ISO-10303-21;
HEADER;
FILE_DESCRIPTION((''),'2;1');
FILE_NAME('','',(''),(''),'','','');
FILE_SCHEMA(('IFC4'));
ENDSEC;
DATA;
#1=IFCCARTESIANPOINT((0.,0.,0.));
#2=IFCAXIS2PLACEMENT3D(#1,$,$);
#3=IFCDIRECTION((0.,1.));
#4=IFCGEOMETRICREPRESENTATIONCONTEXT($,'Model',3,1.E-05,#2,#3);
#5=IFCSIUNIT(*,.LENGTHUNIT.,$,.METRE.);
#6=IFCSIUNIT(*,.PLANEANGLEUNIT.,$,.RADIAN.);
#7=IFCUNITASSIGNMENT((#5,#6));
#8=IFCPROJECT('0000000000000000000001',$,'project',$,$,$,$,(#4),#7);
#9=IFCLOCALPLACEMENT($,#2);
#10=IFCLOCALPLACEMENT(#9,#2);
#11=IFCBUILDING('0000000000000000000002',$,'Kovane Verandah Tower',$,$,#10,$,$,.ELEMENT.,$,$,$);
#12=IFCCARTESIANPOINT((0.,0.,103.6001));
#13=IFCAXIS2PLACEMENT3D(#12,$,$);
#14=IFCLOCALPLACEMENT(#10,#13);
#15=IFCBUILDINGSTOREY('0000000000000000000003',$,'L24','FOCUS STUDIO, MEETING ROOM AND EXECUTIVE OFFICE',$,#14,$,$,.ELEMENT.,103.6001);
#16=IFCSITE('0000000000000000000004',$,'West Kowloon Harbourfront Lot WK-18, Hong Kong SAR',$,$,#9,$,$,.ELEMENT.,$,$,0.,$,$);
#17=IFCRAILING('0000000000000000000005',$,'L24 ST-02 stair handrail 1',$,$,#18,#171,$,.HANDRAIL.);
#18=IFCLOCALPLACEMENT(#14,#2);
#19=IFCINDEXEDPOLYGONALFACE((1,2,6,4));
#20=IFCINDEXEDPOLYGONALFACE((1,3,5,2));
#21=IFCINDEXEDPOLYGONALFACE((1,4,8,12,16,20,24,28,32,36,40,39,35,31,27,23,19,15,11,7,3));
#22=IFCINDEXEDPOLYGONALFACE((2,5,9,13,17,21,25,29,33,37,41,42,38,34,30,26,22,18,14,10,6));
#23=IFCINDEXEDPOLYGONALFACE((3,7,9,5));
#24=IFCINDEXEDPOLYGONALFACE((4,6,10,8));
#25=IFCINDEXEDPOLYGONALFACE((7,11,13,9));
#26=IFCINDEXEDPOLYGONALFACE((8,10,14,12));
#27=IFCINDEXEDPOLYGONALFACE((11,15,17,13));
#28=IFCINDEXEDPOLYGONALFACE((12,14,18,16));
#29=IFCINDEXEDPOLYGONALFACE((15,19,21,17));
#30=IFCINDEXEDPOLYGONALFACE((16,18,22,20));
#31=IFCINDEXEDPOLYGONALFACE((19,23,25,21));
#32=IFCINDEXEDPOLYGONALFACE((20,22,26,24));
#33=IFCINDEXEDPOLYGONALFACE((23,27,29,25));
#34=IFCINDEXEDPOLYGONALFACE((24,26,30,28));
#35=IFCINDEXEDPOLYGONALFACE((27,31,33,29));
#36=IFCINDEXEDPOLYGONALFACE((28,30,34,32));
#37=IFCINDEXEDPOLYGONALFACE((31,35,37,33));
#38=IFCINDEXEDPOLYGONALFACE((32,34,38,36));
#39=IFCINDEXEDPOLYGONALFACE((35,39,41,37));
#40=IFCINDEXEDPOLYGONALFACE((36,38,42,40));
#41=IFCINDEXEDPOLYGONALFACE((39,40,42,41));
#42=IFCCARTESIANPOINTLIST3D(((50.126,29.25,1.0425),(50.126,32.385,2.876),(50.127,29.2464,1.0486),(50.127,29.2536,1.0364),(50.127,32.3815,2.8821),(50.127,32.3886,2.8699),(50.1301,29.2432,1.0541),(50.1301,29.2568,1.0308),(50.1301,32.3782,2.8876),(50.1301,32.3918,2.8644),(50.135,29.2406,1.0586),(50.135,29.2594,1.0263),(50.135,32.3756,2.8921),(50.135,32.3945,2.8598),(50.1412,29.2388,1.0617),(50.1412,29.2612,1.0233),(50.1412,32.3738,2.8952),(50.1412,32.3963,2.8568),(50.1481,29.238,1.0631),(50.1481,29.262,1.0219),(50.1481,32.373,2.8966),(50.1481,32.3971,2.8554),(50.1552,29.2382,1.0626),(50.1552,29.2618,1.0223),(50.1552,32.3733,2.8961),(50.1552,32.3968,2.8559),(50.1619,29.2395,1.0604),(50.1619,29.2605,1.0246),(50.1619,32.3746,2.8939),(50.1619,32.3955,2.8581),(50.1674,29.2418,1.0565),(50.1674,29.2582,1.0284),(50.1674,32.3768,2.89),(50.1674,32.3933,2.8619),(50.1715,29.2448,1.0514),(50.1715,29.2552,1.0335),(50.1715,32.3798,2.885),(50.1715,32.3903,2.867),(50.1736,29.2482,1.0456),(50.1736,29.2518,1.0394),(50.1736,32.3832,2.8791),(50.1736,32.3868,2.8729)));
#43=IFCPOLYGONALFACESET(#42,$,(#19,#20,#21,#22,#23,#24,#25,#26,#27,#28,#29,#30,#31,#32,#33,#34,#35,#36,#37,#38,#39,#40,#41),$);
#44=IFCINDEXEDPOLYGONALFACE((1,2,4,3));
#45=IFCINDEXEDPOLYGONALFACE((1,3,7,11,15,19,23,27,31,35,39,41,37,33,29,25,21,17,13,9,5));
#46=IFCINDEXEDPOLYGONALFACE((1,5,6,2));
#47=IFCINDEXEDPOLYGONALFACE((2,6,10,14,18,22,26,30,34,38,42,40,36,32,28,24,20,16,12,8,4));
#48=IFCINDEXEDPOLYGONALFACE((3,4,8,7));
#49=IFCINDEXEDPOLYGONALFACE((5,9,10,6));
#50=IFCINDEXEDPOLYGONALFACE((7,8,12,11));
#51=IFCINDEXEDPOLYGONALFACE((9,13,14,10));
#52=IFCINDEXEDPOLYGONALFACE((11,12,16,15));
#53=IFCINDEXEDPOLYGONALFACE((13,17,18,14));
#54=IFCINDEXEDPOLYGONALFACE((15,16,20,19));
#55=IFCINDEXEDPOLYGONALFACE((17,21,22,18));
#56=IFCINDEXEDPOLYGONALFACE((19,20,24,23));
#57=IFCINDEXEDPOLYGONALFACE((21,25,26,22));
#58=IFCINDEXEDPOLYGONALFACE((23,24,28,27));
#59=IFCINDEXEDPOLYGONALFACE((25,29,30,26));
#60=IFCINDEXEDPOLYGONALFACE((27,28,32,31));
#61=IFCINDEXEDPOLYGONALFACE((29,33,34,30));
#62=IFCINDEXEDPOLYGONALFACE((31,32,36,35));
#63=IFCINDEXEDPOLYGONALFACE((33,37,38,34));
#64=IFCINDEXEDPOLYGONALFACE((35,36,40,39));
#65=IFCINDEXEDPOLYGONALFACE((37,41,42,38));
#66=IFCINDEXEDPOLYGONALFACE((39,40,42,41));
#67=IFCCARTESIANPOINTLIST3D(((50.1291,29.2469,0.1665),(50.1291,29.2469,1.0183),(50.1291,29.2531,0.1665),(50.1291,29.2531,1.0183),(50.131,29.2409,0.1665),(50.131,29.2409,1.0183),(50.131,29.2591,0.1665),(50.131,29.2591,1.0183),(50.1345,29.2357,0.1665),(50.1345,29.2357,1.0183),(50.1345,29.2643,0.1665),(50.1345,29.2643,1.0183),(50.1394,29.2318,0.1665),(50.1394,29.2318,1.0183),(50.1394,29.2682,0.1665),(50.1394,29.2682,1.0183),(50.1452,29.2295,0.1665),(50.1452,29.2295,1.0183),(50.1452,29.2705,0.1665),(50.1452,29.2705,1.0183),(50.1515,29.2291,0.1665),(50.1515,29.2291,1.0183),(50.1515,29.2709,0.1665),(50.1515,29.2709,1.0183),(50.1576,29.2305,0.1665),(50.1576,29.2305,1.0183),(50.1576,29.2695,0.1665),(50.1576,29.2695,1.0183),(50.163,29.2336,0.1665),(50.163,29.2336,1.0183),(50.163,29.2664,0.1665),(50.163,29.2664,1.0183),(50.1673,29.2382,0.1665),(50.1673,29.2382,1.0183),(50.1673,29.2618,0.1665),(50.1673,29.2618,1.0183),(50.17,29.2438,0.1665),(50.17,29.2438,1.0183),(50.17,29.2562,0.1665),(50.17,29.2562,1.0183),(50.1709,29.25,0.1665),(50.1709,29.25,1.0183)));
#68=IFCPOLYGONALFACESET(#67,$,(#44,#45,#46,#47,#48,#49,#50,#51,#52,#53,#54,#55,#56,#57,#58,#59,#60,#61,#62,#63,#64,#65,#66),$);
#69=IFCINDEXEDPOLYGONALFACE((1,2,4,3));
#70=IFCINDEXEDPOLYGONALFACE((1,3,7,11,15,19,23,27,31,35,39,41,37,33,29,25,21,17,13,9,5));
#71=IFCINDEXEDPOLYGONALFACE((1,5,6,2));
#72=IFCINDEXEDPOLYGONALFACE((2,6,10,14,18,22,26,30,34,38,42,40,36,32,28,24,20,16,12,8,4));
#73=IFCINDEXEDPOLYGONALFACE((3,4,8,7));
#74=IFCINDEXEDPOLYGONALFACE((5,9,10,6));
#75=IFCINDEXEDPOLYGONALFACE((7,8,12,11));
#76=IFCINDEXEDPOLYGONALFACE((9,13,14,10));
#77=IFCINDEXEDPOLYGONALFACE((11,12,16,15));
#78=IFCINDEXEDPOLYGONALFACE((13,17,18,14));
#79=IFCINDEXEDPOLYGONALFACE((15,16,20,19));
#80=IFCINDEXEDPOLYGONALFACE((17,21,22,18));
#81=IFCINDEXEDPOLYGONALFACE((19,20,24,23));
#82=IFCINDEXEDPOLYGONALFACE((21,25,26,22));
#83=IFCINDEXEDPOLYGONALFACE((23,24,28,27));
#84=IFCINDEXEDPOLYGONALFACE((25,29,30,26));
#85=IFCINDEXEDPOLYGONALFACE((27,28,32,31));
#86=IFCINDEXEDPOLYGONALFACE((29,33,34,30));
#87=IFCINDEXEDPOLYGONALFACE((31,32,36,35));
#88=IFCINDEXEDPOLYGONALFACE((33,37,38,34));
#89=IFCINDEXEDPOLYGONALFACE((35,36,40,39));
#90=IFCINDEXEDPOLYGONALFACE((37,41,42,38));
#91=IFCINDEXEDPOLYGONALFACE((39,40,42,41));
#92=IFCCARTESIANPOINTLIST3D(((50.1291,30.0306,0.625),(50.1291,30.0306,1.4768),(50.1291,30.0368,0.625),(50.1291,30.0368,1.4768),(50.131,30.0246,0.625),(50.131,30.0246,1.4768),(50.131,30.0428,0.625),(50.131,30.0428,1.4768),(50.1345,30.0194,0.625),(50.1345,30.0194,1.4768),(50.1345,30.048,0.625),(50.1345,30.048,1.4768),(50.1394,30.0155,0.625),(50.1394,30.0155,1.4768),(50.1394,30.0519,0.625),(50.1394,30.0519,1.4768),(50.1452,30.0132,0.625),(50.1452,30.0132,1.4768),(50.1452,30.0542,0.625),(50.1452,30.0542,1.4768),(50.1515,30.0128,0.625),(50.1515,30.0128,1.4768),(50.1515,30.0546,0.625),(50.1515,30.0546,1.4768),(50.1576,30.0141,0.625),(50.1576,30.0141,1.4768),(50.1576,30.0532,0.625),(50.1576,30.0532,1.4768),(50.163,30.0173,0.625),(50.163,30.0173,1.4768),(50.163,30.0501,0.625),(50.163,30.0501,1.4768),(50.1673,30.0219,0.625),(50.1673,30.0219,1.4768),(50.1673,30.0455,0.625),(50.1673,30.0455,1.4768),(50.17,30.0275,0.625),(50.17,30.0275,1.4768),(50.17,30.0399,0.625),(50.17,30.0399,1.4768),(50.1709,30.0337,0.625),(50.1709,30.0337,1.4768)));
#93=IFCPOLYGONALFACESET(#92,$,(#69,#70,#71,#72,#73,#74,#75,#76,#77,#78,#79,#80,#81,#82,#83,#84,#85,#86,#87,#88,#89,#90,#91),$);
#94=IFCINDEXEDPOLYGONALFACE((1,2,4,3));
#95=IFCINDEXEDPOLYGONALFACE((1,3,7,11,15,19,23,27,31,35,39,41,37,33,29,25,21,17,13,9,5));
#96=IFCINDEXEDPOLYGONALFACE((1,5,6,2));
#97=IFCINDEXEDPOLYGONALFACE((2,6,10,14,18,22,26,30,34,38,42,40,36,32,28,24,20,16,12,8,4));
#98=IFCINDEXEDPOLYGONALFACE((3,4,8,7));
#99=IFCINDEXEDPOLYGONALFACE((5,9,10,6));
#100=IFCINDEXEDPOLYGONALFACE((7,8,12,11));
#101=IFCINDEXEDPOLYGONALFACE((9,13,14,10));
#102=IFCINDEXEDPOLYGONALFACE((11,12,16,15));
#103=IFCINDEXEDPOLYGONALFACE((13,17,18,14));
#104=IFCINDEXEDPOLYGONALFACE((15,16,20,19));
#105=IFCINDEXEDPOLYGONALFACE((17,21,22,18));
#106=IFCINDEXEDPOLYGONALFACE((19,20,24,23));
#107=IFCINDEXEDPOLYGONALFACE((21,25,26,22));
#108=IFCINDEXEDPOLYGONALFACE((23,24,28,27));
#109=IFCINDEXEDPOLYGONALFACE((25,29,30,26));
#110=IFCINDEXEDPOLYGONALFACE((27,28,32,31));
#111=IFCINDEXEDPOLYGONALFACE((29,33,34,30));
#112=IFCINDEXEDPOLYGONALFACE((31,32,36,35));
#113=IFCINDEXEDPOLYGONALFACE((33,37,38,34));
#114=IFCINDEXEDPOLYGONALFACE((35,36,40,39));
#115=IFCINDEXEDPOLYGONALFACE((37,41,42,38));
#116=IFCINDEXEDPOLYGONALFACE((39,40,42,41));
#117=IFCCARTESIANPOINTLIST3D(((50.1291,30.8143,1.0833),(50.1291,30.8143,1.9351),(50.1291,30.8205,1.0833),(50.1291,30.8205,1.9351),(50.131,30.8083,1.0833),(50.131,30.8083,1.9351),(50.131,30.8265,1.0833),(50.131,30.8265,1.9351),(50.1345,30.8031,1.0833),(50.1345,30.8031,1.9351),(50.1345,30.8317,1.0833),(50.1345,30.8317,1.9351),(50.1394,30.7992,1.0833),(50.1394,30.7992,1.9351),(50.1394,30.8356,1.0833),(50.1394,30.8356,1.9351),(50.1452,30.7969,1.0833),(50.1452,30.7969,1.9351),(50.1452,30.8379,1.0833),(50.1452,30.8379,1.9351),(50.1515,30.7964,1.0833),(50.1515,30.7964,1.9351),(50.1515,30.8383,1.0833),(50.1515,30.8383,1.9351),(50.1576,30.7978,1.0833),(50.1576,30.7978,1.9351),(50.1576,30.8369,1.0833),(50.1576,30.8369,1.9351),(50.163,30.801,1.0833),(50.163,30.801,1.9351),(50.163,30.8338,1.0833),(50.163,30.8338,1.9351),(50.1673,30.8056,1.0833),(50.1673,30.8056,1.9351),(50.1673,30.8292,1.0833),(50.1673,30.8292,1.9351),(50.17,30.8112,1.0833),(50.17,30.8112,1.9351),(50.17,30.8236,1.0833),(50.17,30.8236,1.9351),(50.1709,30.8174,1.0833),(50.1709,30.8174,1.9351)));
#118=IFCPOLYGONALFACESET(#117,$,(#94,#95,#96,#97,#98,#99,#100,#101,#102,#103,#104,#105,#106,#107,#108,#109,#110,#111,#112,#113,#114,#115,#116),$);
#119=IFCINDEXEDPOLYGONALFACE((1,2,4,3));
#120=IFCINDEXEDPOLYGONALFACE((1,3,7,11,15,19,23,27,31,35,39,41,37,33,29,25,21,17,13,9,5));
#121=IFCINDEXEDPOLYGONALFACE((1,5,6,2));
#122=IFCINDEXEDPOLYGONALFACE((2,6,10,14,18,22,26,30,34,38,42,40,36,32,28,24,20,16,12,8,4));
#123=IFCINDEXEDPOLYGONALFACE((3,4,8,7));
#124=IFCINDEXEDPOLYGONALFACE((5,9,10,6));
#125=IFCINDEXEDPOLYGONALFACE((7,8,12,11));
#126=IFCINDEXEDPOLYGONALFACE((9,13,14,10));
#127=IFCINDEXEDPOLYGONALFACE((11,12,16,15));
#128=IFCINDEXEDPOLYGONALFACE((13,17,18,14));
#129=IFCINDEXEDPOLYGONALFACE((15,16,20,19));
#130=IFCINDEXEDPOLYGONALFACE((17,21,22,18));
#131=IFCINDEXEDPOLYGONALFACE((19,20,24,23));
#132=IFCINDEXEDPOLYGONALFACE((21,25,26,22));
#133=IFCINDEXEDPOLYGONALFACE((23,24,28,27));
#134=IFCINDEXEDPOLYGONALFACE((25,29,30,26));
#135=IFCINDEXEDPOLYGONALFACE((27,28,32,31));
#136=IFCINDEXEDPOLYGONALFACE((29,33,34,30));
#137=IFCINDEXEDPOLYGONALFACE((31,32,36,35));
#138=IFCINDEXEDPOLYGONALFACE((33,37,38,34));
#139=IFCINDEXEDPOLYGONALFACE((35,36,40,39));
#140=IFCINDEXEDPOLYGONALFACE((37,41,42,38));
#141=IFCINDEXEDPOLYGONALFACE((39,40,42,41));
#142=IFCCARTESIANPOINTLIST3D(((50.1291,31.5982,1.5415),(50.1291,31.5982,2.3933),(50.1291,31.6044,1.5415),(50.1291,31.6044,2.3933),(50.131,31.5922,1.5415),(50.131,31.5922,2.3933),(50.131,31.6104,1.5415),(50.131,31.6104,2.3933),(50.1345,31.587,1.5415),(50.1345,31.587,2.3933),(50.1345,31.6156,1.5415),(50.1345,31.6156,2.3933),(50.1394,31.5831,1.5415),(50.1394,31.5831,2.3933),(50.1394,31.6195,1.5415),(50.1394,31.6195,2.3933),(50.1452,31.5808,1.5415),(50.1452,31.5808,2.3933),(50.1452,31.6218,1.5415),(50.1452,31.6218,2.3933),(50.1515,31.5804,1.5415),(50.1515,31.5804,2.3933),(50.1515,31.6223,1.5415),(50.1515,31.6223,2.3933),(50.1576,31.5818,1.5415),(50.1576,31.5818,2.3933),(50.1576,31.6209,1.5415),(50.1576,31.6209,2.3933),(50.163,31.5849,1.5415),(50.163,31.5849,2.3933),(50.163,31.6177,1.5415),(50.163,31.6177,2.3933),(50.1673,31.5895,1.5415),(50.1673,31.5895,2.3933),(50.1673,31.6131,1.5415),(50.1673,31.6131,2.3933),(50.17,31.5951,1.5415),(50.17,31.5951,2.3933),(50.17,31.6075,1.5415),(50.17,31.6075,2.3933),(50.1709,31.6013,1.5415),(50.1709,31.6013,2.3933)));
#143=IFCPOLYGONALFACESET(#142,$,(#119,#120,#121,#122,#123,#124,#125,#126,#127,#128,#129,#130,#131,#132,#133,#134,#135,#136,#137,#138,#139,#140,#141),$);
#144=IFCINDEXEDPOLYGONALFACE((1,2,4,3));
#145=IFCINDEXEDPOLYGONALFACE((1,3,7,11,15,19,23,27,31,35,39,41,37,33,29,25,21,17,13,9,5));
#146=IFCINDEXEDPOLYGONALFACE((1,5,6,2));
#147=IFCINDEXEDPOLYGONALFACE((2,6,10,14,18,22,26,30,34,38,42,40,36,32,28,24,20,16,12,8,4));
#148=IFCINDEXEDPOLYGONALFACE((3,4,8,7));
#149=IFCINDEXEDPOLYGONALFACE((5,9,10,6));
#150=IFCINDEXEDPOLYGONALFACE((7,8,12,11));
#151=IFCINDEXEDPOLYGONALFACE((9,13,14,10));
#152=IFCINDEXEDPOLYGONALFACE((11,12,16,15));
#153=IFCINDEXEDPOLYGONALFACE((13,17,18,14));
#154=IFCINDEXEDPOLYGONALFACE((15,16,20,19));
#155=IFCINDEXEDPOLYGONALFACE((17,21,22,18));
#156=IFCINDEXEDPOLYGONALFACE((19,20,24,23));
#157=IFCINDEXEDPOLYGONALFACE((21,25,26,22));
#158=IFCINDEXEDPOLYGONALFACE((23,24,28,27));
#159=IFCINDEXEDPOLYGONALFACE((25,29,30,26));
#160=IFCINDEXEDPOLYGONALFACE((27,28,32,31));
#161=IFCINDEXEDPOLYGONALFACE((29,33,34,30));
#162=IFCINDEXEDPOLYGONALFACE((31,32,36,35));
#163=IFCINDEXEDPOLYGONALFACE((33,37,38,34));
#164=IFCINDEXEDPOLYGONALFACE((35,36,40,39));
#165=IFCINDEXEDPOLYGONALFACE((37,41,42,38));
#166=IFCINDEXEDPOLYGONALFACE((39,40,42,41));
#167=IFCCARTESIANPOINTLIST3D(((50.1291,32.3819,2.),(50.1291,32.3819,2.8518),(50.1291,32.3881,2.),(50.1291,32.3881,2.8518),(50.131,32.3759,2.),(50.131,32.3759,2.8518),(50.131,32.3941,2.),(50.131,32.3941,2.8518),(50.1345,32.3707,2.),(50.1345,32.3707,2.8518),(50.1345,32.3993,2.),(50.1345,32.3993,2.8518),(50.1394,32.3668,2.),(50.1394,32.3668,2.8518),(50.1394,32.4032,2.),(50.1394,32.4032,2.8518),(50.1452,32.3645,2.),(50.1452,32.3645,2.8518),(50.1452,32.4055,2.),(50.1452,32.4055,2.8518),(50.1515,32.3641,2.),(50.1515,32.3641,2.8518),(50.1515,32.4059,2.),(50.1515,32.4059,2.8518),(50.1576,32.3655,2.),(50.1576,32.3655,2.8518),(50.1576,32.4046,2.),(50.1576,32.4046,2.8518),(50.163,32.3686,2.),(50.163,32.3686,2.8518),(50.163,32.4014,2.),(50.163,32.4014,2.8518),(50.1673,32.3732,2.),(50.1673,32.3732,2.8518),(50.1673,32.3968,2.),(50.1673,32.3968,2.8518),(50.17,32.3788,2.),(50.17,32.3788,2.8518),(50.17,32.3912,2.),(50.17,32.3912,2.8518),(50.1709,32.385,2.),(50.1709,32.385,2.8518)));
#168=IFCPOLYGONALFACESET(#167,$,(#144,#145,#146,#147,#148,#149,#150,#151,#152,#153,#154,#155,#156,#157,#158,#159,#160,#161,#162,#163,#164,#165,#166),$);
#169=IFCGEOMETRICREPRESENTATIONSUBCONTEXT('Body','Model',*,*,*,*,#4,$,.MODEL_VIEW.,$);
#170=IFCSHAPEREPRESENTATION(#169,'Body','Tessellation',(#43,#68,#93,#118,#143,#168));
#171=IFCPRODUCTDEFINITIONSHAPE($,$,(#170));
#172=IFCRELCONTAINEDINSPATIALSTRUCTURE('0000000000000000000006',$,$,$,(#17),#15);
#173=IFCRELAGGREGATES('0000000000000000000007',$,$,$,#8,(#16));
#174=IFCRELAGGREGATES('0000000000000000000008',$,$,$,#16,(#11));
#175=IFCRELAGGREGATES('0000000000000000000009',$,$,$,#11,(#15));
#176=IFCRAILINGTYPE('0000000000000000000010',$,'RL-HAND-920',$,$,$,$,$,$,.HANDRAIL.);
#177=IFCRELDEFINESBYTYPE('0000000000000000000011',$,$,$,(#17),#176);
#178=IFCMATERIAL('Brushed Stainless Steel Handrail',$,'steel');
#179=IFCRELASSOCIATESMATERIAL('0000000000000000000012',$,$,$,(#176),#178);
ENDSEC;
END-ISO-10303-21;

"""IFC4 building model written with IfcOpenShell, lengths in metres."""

from ifc_helpers import new_model, si_unit, direction, frame, origin, origin_2d, place, context, subcontext, project, spatial, circle, extrude, material, type_object, element, save


model = new_model("IFC4")

# Units and contexts
model_context = context("Model", 3, precision=1e-05, world=origin(), true_north=direction((0.0, 1.0)))
body_context = subcontext(model_context, "Body", "Model", "MODEL_VIEW")
ifc_project = project(units=[si_unit("LENGTHUNIT", "METRE"), si_unit("PLANEANGLEUNIT", "RADIAN")], contexts=[model_context])

# Site, building, storey
site_placement = place(None, origin())
site = spatial("IfcSite", under=ifc_project, at=site_placement, Name="West Kowloon Harbourfront Lot WK-18, Hong Kong SAR", CompositionType="ELEMENT", RefElevation=0.0)
building_placement = place(site_placement, origin())
building = spatial("IfcBuilding", under=site, at=building_placement, Name="Kovane Verandah Tower", CompositionType="ELEMENT")
storey_placement = place(building_placement, frame((0.0, 0.0, 103.6001)))
storey = spatial("IfcBuildingStorey", under=building, at=storey_placement, Name="L24", Description="FOCUS STUDIO, MEETING ROOM AND EXECUTIVE OFFICE", CompositionType="ELEMENT", Elevation=103.6001)

# Railing
ifc_material_1 = material(Name="Brushed Stainless Steel Handrail", Category="steel")
railing_type_1 = type_object("IfcRailingType", Name="RL-HAND-920", PredefinedType="HANDRAIL", material=ifc_material_1)
railing_1_placement = place(storey_placement, frame((50.1499, 29.25, 0.1665)))
element("IfcRailing", 1, at=railing_1_placement, inside=storey, type_object=railing_type_1, Name="L24 ST-02 stair handrail 1", PredefinedType="HANDRAIL", context=body_context, shape_type="SweptSolid", body=[
    extrude(circle(Radius=0.0239, at=origin_2d()), frame((0.0, 0.0, 0.876), z_axis=(0.0, 0.86321, 0.504845), x_axis=(-1.0, 0.0, 0.0)), (0.0, 0.0, 1.0), 3.6318),
    extrude(circle(Radius=0.021, at=origin_2d()), origin(), (0.0, 0.0, 1.0), 0.8518),
    extrude(circle(Radius=0.021, at=origin_2d()), frame((0.0, 0.7837, 0.4585)), (0.0, 0.0, 1.0), 0.8518),
    extrude(circle(Radius=0.021, at=origin_2d()), frame((0.0, 1.5674, 0.9167)), (0.0, 0.0, 1.0), 0.8518),
    extrude(circle(Radius=0.021, at=origin_2d()), frame((0.0, 2.3513, 1.375)), (0.0, 0.0, 1.0), 0.8518),
    extrude(circle(Radius=0.021, at=origin_2d()), frame((0.0, 3.135, 1.8335)), (0.0, 0.0, 1.0), 0.8518),
])

save(model, "model.ifc")
